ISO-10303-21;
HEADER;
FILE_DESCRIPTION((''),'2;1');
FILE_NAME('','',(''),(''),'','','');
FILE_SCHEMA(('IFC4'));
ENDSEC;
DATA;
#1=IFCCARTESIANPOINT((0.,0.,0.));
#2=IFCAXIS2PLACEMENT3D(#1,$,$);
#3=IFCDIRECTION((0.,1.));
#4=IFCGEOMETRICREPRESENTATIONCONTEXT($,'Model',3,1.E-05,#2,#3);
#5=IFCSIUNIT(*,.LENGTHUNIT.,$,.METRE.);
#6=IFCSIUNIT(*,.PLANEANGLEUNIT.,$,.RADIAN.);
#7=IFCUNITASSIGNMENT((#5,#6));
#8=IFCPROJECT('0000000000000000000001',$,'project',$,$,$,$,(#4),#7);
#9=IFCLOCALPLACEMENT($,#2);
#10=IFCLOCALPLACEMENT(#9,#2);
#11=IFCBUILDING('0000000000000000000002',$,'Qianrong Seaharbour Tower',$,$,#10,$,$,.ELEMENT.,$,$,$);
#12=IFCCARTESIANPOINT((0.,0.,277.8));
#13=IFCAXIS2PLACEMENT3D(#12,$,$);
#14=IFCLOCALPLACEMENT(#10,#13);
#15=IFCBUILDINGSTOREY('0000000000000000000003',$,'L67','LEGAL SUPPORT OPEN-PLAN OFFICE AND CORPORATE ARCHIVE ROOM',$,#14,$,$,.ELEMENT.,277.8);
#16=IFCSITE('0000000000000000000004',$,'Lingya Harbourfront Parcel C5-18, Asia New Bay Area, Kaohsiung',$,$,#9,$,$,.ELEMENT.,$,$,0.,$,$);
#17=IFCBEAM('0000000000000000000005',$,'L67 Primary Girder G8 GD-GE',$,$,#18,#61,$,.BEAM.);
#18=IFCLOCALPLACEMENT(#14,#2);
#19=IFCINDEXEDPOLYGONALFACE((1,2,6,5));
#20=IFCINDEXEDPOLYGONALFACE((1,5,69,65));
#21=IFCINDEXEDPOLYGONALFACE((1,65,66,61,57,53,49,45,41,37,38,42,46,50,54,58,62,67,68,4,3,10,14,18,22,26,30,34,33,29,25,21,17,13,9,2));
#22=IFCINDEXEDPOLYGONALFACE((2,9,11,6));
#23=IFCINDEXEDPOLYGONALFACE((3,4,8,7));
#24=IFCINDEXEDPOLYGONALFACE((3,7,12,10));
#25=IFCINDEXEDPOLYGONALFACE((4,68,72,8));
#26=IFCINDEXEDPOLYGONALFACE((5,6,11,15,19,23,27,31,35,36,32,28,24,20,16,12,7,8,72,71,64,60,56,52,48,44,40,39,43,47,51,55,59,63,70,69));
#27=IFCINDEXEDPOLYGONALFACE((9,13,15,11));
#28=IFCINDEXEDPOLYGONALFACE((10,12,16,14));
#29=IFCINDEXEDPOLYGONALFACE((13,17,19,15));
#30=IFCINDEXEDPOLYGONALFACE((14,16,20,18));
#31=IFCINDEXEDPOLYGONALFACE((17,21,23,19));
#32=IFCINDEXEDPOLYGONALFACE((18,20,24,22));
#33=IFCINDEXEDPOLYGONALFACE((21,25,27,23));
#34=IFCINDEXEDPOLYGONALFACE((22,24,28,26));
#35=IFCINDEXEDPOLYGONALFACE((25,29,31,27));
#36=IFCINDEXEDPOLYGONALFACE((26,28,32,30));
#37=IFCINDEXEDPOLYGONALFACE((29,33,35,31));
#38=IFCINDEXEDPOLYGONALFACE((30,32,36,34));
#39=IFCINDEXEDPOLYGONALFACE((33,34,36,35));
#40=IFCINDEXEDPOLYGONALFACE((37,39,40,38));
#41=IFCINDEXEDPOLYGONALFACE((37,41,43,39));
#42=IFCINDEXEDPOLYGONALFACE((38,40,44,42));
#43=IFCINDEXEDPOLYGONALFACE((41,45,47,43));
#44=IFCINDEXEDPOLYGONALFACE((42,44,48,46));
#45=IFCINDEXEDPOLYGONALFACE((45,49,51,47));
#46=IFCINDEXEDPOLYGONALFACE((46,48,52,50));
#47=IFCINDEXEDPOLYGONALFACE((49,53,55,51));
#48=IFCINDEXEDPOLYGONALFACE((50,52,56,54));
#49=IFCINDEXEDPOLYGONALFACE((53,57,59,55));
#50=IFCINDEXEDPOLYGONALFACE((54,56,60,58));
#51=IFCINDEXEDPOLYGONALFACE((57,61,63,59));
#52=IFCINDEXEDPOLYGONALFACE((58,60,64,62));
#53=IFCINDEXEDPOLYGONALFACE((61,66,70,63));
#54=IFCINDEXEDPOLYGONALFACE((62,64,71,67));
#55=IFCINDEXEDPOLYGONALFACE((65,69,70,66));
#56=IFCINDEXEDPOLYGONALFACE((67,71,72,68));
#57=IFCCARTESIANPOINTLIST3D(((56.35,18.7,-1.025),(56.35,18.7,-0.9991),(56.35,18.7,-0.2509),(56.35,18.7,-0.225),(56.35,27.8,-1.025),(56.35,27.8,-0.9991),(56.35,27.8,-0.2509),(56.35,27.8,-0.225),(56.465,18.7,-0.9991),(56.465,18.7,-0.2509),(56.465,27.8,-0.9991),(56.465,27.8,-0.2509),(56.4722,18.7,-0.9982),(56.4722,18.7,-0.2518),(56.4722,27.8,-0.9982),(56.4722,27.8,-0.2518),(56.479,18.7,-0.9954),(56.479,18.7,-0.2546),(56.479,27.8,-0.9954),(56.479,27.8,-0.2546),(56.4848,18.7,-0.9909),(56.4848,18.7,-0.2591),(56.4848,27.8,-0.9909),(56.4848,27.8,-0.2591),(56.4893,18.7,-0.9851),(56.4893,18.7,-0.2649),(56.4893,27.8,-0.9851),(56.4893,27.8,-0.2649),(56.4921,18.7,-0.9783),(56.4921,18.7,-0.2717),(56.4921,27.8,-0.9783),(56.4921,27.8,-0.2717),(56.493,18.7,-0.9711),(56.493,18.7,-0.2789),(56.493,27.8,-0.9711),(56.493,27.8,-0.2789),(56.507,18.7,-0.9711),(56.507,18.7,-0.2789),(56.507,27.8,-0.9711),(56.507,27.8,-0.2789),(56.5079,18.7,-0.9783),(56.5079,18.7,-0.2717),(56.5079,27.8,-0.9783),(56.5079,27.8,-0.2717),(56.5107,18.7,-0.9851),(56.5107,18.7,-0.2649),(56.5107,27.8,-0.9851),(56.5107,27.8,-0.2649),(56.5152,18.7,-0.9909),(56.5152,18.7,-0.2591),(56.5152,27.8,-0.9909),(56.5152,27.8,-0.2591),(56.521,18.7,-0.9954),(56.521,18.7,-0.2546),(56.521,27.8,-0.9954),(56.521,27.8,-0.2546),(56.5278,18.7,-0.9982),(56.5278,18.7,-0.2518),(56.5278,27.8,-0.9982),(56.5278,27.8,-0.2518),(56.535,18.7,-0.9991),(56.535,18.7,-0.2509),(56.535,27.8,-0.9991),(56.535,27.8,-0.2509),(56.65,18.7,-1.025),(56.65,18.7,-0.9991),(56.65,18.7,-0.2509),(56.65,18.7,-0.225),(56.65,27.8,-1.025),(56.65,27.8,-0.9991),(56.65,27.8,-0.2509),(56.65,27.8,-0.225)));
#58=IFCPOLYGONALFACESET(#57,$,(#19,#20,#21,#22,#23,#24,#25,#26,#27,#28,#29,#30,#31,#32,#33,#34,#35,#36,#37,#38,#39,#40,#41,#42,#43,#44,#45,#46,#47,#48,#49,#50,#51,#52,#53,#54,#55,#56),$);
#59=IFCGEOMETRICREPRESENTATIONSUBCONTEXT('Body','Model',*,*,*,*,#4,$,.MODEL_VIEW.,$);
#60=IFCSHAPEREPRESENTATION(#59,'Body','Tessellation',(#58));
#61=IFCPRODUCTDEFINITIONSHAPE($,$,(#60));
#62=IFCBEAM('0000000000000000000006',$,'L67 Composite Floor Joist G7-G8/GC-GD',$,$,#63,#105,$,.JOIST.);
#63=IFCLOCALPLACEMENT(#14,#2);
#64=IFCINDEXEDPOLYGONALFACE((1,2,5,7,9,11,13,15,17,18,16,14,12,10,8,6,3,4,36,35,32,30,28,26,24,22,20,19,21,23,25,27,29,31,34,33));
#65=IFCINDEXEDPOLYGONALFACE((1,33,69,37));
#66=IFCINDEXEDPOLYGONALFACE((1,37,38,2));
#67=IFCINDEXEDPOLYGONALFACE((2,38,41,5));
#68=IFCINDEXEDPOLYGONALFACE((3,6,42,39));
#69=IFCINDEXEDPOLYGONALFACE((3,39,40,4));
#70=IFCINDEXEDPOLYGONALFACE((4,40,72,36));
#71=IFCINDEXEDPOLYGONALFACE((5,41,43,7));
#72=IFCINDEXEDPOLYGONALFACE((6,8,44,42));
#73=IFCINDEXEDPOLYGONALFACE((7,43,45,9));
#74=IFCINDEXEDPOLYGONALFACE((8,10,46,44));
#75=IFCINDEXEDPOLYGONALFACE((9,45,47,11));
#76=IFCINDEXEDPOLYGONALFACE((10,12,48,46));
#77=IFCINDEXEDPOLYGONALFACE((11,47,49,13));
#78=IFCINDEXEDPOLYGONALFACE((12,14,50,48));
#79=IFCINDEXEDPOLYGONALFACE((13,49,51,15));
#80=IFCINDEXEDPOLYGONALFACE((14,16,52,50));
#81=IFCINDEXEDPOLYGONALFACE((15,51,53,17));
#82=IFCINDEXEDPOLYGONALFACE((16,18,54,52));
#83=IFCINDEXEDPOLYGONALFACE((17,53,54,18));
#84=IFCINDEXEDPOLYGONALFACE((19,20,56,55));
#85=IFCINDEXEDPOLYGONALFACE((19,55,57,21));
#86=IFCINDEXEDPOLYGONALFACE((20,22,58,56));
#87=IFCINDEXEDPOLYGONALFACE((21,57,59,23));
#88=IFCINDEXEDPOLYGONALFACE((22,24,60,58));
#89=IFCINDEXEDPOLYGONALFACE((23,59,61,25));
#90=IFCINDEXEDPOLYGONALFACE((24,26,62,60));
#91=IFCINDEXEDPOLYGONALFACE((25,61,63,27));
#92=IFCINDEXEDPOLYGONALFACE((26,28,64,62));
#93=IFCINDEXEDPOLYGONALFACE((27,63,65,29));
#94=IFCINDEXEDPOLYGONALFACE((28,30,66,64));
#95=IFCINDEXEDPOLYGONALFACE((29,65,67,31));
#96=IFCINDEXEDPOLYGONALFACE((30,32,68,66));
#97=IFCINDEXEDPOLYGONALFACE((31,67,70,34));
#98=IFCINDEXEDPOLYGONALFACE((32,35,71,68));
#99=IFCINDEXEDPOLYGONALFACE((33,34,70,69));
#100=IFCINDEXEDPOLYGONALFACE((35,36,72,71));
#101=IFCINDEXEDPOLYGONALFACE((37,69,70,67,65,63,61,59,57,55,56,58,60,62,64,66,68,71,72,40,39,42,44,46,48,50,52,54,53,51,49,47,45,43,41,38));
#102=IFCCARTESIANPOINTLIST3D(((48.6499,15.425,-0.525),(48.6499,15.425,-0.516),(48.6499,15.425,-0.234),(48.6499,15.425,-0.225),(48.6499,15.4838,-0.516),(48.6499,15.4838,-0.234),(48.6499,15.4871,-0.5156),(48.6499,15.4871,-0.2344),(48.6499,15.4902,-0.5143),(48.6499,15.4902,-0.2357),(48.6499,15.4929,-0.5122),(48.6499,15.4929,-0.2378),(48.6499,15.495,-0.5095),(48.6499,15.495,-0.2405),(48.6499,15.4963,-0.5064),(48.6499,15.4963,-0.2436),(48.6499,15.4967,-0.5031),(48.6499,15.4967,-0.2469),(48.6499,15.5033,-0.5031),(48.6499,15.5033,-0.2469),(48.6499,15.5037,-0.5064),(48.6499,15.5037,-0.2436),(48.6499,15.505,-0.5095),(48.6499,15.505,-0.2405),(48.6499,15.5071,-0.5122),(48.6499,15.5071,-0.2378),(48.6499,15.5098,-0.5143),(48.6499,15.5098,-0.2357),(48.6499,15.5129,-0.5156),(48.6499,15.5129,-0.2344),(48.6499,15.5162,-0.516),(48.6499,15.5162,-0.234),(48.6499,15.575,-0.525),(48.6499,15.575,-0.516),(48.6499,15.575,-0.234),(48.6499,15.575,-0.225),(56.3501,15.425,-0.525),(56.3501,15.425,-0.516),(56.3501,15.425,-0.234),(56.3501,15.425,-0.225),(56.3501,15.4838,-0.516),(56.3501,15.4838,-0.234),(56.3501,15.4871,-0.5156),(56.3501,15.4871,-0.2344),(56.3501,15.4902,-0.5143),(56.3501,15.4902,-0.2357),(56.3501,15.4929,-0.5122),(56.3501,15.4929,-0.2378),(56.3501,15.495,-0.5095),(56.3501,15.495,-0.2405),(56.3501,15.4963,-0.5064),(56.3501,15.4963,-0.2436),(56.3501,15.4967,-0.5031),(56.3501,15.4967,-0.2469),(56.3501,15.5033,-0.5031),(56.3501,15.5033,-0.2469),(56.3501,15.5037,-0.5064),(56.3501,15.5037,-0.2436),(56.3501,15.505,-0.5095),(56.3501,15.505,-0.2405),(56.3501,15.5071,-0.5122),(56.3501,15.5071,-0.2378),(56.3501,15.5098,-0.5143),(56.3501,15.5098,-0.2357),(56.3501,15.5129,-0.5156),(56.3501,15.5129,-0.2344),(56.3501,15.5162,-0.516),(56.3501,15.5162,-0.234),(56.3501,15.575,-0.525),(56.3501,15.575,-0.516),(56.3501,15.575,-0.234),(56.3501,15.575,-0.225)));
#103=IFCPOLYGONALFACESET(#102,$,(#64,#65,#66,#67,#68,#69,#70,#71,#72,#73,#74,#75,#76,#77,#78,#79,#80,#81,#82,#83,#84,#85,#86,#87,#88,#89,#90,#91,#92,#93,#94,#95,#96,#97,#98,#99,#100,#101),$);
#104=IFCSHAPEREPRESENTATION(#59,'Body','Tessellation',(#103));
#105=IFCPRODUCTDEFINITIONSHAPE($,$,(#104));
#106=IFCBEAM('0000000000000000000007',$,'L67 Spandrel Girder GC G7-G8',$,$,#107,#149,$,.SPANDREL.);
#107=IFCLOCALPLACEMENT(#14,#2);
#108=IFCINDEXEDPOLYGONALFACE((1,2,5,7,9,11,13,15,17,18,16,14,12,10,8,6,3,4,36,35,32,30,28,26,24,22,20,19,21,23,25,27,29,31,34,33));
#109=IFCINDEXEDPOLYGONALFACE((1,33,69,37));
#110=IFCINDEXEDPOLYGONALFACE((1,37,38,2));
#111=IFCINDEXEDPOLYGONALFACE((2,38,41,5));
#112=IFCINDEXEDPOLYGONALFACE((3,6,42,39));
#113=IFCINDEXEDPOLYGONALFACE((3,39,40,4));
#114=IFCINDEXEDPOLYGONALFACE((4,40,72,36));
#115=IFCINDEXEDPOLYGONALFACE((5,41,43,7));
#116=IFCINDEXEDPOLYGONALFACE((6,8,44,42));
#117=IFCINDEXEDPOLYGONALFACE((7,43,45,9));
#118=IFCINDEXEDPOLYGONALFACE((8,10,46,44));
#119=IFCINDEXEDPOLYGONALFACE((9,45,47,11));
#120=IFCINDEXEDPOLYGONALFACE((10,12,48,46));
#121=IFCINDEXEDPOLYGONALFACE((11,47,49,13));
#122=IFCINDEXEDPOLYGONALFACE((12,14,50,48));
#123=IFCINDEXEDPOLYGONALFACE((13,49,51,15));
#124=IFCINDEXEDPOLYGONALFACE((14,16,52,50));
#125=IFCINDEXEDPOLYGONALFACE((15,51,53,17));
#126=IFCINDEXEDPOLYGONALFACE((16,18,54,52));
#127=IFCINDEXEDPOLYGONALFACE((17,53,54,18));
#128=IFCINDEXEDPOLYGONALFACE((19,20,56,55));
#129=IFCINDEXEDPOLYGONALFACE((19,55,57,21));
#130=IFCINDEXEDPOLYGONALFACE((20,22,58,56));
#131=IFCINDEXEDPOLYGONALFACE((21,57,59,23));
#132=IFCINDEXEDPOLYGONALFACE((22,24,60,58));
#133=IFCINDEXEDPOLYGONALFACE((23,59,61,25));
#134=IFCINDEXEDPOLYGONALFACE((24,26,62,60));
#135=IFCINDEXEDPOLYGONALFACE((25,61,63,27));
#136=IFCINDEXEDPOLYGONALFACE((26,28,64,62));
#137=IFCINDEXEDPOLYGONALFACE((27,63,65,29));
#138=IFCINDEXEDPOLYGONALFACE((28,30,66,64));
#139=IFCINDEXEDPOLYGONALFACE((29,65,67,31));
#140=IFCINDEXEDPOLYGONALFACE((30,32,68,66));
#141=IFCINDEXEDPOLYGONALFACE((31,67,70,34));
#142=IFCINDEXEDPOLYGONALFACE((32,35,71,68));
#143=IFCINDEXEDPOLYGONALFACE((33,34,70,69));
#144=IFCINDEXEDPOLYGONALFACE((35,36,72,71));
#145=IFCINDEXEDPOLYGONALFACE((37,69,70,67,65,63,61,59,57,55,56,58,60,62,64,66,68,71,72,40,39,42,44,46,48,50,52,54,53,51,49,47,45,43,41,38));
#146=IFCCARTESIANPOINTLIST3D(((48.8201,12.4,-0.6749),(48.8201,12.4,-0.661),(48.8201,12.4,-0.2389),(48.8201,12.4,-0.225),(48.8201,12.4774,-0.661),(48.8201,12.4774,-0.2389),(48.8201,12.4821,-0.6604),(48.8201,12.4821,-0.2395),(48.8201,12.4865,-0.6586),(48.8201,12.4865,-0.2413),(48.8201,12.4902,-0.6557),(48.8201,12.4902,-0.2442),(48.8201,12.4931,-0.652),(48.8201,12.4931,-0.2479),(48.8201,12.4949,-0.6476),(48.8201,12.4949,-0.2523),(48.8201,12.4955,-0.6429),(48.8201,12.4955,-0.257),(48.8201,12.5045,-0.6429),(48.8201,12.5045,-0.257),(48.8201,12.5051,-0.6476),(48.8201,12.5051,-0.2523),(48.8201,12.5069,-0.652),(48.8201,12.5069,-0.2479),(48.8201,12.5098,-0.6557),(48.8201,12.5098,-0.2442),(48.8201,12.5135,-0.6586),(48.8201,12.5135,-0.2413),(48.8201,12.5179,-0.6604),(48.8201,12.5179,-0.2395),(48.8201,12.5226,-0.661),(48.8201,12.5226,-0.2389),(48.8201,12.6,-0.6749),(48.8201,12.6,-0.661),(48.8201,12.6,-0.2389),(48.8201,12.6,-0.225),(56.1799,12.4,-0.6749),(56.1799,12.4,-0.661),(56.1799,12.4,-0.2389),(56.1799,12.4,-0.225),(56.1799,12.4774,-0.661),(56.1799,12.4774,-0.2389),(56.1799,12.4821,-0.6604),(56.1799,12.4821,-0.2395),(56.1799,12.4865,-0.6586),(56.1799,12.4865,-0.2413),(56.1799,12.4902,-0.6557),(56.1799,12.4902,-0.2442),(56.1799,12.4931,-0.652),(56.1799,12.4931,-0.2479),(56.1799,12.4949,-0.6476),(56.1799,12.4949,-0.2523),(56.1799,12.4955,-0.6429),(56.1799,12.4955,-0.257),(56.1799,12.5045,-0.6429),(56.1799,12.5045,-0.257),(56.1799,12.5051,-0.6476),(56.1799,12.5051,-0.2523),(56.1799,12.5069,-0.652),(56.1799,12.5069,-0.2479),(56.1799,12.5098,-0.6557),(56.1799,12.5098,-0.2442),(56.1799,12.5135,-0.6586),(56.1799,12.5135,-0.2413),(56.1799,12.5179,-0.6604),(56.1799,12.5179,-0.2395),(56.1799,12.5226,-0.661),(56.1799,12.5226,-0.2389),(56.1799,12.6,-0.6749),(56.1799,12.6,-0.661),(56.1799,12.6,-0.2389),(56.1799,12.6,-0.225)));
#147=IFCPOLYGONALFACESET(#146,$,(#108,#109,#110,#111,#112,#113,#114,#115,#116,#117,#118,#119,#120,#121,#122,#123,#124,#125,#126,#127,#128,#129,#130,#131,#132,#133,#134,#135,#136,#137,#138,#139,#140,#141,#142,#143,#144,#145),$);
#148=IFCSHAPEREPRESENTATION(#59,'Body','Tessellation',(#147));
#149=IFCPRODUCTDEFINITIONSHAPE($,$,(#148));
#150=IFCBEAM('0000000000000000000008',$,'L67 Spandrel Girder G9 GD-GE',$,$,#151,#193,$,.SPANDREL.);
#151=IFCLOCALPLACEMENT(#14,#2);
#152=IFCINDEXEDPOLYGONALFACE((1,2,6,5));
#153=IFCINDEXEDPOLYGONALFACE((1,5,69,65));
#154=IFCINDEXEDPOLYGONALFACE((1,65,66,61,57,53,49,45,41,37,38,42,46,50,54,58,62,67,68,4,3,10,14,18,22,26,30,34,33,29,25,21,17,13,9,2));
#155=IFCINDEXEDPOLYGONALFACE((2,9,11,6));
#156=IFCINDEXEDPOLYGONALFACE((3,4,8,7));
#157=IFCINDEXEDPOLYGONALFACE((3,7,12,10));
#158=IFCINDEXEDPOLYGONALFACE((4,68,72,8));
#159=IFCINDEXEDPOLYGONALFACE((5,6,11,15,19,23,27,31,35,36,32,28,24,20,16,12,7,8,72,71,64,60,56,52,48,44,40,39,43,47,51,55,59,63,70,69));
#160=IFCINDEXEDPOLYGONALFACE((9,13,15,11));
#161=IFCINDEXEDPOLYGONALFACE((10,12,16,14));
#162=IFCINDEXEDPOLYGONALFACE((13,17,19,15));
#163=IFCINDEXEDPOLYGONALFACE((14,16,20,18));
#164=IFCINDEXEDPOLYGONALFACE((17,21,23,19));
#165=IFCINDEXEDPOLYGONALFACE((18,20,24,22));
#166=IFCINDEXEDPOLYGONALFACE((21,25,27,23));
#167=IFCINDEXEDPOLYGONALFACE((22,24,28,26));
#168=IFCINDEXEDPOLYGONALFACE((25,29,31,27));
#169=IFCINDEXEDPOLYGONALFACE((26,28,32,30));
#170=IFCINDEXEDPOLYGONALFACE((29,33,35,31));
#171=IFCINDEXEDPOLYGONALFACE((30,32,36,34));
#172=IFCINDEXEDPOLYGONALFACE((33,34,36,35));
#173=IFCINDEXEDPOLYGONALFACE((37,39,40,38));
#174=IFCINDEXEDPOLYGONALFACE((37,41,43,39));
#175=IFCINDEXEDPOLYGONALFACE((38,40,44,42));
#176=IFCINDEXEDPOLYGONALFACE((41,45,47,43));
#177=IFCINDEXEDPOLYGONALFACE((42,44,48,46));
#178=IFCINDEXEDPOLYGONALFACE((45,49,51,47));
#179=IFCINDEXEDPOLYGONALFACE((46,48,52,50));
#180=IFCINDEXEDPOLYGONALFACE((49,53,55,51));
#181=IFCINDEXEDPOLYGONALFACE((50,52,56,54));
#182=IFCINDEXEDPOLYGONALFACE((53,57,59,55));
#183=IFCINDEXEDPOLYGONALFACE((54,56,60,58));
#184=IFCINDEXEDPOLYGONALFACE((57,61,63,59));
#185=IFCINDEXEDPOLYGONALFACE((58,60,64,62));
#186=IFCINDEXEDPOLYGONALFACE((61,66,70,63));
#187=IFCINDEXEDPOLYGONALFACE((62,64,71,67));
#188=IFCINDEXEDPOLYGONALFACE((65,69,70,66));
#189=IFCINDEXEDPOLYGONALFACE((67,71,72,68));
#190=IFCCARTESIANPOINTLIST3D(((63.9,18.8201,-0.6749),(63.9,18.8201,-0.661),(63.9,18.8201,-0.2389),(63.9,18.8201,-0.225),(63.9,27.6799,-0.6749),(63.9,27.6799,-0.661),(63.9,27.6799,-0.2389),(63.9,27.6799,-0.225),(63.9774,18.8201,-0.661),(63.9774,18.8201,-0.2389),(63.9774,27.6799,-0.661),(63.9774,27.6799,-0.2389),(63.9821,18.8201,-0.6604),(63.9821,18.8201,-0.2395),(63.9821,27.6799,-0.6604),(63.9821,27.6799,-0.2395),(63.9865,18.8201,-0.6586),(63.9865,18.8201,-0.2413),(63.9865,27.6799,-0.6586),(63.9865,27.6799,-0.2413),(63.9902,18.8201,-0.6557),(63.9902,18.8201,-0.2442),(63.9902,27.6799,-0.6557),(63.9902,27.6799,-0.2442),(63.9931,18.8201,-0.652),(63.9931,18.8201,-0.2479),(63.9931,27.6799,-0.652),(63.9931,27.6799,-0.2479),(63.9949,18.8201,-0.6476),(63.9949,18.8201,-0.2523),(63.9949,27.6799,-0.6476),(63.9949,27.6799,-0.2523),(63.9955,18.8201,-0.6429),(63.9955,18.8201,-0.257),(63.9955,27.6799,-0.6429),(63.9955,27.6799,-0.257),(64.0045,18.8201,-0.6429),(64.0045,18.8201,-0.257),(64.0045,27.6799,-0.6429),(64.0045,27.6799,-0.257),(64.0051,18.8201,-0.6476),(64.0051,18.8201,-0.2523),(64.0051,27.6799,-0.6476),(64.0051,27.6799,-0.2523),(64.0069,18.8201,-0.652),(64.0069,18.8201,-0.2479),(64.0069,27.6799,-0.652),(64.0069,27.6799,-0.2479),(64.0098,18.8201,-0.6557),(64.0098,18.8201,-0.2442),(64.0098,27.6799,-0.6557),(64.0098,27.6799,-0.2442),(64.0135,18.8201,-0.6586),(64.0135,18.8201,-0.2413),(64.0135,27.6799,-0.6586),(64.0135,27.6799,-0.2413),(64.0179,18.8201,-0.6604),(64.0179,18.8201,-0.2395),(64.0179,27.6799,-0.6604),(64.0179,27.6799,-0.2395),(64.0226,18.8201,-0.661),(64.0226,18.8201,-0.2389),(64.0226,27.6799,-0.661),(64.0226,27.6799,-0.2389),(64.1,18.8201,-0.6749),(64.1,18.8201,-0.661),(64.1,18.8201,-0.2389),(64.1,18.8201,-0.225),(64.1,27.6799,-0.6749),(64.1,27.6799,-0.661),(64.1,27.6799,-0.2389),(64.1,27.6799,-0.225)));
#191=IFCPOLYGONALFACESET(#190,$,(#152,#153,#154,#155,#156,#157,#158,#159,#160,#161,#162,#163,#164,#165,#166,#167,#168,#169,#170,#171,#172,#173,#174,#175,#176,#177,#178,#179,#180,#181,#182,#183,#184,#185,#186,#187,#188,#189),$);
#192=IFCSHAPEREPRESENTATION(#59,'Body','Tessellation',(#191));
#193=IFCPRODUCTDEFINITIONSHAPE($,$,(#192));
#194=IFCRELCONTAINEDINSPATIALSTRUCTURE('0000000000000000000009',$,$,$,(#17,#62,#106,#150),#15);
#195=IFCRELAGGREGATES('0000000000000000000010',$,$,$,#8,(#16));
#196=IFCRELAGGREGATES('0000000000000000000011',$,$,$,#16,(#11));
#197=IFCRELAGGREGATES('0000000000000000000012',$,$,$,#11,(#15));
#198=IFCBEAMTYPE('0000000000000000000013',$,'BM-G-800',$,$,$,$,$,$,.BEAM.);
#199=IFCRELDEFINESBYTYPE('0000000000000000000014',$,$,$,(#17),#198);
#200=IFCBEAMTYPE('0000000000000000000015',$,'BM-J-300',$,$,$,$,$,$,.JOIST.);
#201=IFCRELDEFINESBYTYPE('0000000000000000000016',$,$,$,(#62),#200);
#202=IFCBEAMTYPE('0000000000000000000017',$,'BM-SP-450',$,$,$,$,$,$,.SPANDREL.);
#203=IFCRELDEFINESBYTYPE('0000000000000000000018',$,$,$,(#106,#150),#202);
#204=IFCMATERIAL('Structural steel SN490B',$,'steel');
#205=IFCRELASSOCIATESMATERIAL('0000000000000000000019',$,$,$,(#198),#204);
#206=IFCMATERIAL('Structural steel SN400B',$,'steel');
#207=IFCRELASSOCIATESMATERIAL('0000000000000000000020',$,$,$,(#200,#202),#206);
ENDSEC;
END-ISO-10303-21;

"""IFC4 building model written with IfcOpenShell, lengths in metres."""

from ifc_helpers import new_model, si_unit, direction, frame, origin, origin_2d, place, context, subcontext, project, spatial, i_section, extrude, material, material_profile, profile_set, type_object, element, save


model = new_model("IFC4")

# Units and contexts
model_context = context("Model", 3, precision=1e-05, world=origin(), true_north=direction((0.0, 1.0)))
body_context = subcontext(model_context, "Body", "Model", "MODEL_VIEW")
ifc_project = project(units=[si_unit("LENGTHUNIT", "METRE"), si_unit("PLANEANGLEUNIT", "RADIAN")], contexts=[model_context])

# Site, building, storey
site_placement = place(None, origin())
site = spatial("IfcSite", under=ifc_project, at=site_placement, Name="Lingya Harbourfront Parcel C5-18, Asia New Bay Area, Kaohsiung", CompositionType="ELEMENT", RefElevation=0.0)
building_placement = place(site_placement, origin())
building = spatial("IfcBuilding", under=site, at=building_placement, Name="Qianrong Seaharbour Tower", CompositionType="ELEMENT")
storey_placement = place(building_placement, frame((0.0, 0.0, 277.8)))
storey = spatial("IfcBuildingStorey", under=building, at=storey_placement, Name="L67", Description="LEGAL SUPPORT OPEN-PLAN OFFICE AND CORPORATE ARCHIVE ROOM", CompositionType="ELEMENT", Elevation=277.8)

# Shared definitions
ifc_material_1 = material(Name="Structural steel SN490B", Category="steel")

# Beams
ifc_material_profile_1 = material_profile(ifc_material_1, i_section(OverallWidth=0.3, OverallDepth=0.8, WebThickness=0.0139, FlangeThickness=0.0259, FilletRadius=0.0281, at=origin_2d()), Name="H800x300x14x26")
ifc_profile_set_1 = profile_set([ifc_material_profile_1], Name="Structural steel SN490B")
beam_type_1 = type_object("IfcBeamType", Name="BM-G-800", PredefinedType="BEAM", material=ifc_profile_set_1)
for number, where, z_axis, x_axis, name in (
    (1, (56.5, 18.7, -0.625), (0.0, 1.0, 0.0), (-1.0, 0.0, 0.0), "L67 Primary Girder G8 GD-GE"),
):
    element("IfcBeam", number, at=place(storey_placement, frame(where, z_axis=z_axis, x_axis=x_axis)), inside=storey, type_object=beam_type_1, Name=name, PredefinedType="BEAM", context=body_context, shape_type="SweptSolid", body=[
        extrude(i_section(OverallWidth=0.3, OverallDepth=0.8, WebThickness=0.0139, FlangeThickness=0.0259, FilletRadius=0.0281, at=origin_2d()), origin(), (0.0, 0.0, 1.0), 9.1001),
    ])
ifc_material_2 = material(Name="Structural steel SN400B", Category="steel")
ifc_material_profile_2 = material_profile(ifc_material_2, i_section(OverallWidth=0.1499, OverallDepth=0.3, WebThickness=0.0066, FlangeThickness=0.009, FilletRadius=0.0129, at=origin_2d()), Name="H300x150x6.5x9")
ifc_profile_set_2 = profile_set([ifc_material_profile_2], Name="Structural steel SN400B")
beam_type_2 = type_object("IfcBeamType", Name="BM-J-300", PredefinedType="JOIST", material=ifc_profile_set_2)
beam_1_placement = place(storey_placement, frame((48.6499, 15.5, -0.375), z_axis=(1.0, 0.0, 0.0), x_axis=(0.0, 1.0, 0.0)))
element("IfcBeam", 2, at=beam_1_placement, inside=storey, type_object=beam_type_2, Name="L67 Composite Floor Joist G7-G8/GC-GD", PredefinedType="JOIST", context=body_context, shape_type="SweptSolid", body=[
    extrude(i_section(OverallWidth=0.1499, OverallDepth=0.3, WebThickness=0.0066, FlangeThickness=0.009, FilletRadius=0.0129, at=origin_2d()), origin(), (0.0, 0.0, 1.0), 7.7002),
])
ifc_material_profile_3 = material_profile(ifc_material_2, i_section(OverallWidth=0.2, OverallDepth=0.45, WebThickness=0.009, FlangeThickness=0.0139, FilletRadius=0.0181, at=origin_2d()), Name="H450x200x9x14")
ifc_profile_set_3 = profile_set([ifc_material_profile_3], Name="Structural steel SN400B")
beam_type_3 = type_object("IfcBeamType", Name="BM-SP-450", PredefinedType="SPANDREL", material=ifc_profile_set_3)
beam_2_placement = place(storey_placement, frame((48.8201, 12.5, -0.45), z_axis=(1.0, 0.0, 0.0), x_axis=(0.0, 1.0, 0.0)))
element("IfcBeam", 3, at=beam_2_placement, inside=storey, type_object=beam_type_3, Name="L67 Spandrel Girder GC G7-G8", PredefinedType="SPANDREL", context=body_context, shape_type="SweptSolid", body=[
    extrude(i_section(OverallWidth=0.2, OverallDepth=0.45, WebThickness=0.009, FlangeThickness=0.0139, FilletRadius=0.0181, at=origin_2d()), origin(), (0.0, 0.0, 1.0), 7.3599),
])
beam_3_placement = place(storey_placement, frame((64.0, 18.8201, -0.45), z_axis=(0.0, 1.0, 0.0), x_axis=(-1.0, 0.0, 0.0)))
element("IfcBeam", 4, at=beam_3_placement, inside=storey, type_object=beam_type_3, Name="L67 Spandrel Girder G9 GD-GE", PredefinedType="SPANDREL", context=body_context, shape_type="SweptSolid", body=[
    extrude(i_section(OverallWidth=0.2, OverallDepth=0.45, WebThickness=0.009, FlangeThickness=0.0139, FilletRadius=0.0181, at=origin_2d()), origin(), (0.0, 0.0, 1.0), 8.8599),
])

save(model, "model.ifc")
